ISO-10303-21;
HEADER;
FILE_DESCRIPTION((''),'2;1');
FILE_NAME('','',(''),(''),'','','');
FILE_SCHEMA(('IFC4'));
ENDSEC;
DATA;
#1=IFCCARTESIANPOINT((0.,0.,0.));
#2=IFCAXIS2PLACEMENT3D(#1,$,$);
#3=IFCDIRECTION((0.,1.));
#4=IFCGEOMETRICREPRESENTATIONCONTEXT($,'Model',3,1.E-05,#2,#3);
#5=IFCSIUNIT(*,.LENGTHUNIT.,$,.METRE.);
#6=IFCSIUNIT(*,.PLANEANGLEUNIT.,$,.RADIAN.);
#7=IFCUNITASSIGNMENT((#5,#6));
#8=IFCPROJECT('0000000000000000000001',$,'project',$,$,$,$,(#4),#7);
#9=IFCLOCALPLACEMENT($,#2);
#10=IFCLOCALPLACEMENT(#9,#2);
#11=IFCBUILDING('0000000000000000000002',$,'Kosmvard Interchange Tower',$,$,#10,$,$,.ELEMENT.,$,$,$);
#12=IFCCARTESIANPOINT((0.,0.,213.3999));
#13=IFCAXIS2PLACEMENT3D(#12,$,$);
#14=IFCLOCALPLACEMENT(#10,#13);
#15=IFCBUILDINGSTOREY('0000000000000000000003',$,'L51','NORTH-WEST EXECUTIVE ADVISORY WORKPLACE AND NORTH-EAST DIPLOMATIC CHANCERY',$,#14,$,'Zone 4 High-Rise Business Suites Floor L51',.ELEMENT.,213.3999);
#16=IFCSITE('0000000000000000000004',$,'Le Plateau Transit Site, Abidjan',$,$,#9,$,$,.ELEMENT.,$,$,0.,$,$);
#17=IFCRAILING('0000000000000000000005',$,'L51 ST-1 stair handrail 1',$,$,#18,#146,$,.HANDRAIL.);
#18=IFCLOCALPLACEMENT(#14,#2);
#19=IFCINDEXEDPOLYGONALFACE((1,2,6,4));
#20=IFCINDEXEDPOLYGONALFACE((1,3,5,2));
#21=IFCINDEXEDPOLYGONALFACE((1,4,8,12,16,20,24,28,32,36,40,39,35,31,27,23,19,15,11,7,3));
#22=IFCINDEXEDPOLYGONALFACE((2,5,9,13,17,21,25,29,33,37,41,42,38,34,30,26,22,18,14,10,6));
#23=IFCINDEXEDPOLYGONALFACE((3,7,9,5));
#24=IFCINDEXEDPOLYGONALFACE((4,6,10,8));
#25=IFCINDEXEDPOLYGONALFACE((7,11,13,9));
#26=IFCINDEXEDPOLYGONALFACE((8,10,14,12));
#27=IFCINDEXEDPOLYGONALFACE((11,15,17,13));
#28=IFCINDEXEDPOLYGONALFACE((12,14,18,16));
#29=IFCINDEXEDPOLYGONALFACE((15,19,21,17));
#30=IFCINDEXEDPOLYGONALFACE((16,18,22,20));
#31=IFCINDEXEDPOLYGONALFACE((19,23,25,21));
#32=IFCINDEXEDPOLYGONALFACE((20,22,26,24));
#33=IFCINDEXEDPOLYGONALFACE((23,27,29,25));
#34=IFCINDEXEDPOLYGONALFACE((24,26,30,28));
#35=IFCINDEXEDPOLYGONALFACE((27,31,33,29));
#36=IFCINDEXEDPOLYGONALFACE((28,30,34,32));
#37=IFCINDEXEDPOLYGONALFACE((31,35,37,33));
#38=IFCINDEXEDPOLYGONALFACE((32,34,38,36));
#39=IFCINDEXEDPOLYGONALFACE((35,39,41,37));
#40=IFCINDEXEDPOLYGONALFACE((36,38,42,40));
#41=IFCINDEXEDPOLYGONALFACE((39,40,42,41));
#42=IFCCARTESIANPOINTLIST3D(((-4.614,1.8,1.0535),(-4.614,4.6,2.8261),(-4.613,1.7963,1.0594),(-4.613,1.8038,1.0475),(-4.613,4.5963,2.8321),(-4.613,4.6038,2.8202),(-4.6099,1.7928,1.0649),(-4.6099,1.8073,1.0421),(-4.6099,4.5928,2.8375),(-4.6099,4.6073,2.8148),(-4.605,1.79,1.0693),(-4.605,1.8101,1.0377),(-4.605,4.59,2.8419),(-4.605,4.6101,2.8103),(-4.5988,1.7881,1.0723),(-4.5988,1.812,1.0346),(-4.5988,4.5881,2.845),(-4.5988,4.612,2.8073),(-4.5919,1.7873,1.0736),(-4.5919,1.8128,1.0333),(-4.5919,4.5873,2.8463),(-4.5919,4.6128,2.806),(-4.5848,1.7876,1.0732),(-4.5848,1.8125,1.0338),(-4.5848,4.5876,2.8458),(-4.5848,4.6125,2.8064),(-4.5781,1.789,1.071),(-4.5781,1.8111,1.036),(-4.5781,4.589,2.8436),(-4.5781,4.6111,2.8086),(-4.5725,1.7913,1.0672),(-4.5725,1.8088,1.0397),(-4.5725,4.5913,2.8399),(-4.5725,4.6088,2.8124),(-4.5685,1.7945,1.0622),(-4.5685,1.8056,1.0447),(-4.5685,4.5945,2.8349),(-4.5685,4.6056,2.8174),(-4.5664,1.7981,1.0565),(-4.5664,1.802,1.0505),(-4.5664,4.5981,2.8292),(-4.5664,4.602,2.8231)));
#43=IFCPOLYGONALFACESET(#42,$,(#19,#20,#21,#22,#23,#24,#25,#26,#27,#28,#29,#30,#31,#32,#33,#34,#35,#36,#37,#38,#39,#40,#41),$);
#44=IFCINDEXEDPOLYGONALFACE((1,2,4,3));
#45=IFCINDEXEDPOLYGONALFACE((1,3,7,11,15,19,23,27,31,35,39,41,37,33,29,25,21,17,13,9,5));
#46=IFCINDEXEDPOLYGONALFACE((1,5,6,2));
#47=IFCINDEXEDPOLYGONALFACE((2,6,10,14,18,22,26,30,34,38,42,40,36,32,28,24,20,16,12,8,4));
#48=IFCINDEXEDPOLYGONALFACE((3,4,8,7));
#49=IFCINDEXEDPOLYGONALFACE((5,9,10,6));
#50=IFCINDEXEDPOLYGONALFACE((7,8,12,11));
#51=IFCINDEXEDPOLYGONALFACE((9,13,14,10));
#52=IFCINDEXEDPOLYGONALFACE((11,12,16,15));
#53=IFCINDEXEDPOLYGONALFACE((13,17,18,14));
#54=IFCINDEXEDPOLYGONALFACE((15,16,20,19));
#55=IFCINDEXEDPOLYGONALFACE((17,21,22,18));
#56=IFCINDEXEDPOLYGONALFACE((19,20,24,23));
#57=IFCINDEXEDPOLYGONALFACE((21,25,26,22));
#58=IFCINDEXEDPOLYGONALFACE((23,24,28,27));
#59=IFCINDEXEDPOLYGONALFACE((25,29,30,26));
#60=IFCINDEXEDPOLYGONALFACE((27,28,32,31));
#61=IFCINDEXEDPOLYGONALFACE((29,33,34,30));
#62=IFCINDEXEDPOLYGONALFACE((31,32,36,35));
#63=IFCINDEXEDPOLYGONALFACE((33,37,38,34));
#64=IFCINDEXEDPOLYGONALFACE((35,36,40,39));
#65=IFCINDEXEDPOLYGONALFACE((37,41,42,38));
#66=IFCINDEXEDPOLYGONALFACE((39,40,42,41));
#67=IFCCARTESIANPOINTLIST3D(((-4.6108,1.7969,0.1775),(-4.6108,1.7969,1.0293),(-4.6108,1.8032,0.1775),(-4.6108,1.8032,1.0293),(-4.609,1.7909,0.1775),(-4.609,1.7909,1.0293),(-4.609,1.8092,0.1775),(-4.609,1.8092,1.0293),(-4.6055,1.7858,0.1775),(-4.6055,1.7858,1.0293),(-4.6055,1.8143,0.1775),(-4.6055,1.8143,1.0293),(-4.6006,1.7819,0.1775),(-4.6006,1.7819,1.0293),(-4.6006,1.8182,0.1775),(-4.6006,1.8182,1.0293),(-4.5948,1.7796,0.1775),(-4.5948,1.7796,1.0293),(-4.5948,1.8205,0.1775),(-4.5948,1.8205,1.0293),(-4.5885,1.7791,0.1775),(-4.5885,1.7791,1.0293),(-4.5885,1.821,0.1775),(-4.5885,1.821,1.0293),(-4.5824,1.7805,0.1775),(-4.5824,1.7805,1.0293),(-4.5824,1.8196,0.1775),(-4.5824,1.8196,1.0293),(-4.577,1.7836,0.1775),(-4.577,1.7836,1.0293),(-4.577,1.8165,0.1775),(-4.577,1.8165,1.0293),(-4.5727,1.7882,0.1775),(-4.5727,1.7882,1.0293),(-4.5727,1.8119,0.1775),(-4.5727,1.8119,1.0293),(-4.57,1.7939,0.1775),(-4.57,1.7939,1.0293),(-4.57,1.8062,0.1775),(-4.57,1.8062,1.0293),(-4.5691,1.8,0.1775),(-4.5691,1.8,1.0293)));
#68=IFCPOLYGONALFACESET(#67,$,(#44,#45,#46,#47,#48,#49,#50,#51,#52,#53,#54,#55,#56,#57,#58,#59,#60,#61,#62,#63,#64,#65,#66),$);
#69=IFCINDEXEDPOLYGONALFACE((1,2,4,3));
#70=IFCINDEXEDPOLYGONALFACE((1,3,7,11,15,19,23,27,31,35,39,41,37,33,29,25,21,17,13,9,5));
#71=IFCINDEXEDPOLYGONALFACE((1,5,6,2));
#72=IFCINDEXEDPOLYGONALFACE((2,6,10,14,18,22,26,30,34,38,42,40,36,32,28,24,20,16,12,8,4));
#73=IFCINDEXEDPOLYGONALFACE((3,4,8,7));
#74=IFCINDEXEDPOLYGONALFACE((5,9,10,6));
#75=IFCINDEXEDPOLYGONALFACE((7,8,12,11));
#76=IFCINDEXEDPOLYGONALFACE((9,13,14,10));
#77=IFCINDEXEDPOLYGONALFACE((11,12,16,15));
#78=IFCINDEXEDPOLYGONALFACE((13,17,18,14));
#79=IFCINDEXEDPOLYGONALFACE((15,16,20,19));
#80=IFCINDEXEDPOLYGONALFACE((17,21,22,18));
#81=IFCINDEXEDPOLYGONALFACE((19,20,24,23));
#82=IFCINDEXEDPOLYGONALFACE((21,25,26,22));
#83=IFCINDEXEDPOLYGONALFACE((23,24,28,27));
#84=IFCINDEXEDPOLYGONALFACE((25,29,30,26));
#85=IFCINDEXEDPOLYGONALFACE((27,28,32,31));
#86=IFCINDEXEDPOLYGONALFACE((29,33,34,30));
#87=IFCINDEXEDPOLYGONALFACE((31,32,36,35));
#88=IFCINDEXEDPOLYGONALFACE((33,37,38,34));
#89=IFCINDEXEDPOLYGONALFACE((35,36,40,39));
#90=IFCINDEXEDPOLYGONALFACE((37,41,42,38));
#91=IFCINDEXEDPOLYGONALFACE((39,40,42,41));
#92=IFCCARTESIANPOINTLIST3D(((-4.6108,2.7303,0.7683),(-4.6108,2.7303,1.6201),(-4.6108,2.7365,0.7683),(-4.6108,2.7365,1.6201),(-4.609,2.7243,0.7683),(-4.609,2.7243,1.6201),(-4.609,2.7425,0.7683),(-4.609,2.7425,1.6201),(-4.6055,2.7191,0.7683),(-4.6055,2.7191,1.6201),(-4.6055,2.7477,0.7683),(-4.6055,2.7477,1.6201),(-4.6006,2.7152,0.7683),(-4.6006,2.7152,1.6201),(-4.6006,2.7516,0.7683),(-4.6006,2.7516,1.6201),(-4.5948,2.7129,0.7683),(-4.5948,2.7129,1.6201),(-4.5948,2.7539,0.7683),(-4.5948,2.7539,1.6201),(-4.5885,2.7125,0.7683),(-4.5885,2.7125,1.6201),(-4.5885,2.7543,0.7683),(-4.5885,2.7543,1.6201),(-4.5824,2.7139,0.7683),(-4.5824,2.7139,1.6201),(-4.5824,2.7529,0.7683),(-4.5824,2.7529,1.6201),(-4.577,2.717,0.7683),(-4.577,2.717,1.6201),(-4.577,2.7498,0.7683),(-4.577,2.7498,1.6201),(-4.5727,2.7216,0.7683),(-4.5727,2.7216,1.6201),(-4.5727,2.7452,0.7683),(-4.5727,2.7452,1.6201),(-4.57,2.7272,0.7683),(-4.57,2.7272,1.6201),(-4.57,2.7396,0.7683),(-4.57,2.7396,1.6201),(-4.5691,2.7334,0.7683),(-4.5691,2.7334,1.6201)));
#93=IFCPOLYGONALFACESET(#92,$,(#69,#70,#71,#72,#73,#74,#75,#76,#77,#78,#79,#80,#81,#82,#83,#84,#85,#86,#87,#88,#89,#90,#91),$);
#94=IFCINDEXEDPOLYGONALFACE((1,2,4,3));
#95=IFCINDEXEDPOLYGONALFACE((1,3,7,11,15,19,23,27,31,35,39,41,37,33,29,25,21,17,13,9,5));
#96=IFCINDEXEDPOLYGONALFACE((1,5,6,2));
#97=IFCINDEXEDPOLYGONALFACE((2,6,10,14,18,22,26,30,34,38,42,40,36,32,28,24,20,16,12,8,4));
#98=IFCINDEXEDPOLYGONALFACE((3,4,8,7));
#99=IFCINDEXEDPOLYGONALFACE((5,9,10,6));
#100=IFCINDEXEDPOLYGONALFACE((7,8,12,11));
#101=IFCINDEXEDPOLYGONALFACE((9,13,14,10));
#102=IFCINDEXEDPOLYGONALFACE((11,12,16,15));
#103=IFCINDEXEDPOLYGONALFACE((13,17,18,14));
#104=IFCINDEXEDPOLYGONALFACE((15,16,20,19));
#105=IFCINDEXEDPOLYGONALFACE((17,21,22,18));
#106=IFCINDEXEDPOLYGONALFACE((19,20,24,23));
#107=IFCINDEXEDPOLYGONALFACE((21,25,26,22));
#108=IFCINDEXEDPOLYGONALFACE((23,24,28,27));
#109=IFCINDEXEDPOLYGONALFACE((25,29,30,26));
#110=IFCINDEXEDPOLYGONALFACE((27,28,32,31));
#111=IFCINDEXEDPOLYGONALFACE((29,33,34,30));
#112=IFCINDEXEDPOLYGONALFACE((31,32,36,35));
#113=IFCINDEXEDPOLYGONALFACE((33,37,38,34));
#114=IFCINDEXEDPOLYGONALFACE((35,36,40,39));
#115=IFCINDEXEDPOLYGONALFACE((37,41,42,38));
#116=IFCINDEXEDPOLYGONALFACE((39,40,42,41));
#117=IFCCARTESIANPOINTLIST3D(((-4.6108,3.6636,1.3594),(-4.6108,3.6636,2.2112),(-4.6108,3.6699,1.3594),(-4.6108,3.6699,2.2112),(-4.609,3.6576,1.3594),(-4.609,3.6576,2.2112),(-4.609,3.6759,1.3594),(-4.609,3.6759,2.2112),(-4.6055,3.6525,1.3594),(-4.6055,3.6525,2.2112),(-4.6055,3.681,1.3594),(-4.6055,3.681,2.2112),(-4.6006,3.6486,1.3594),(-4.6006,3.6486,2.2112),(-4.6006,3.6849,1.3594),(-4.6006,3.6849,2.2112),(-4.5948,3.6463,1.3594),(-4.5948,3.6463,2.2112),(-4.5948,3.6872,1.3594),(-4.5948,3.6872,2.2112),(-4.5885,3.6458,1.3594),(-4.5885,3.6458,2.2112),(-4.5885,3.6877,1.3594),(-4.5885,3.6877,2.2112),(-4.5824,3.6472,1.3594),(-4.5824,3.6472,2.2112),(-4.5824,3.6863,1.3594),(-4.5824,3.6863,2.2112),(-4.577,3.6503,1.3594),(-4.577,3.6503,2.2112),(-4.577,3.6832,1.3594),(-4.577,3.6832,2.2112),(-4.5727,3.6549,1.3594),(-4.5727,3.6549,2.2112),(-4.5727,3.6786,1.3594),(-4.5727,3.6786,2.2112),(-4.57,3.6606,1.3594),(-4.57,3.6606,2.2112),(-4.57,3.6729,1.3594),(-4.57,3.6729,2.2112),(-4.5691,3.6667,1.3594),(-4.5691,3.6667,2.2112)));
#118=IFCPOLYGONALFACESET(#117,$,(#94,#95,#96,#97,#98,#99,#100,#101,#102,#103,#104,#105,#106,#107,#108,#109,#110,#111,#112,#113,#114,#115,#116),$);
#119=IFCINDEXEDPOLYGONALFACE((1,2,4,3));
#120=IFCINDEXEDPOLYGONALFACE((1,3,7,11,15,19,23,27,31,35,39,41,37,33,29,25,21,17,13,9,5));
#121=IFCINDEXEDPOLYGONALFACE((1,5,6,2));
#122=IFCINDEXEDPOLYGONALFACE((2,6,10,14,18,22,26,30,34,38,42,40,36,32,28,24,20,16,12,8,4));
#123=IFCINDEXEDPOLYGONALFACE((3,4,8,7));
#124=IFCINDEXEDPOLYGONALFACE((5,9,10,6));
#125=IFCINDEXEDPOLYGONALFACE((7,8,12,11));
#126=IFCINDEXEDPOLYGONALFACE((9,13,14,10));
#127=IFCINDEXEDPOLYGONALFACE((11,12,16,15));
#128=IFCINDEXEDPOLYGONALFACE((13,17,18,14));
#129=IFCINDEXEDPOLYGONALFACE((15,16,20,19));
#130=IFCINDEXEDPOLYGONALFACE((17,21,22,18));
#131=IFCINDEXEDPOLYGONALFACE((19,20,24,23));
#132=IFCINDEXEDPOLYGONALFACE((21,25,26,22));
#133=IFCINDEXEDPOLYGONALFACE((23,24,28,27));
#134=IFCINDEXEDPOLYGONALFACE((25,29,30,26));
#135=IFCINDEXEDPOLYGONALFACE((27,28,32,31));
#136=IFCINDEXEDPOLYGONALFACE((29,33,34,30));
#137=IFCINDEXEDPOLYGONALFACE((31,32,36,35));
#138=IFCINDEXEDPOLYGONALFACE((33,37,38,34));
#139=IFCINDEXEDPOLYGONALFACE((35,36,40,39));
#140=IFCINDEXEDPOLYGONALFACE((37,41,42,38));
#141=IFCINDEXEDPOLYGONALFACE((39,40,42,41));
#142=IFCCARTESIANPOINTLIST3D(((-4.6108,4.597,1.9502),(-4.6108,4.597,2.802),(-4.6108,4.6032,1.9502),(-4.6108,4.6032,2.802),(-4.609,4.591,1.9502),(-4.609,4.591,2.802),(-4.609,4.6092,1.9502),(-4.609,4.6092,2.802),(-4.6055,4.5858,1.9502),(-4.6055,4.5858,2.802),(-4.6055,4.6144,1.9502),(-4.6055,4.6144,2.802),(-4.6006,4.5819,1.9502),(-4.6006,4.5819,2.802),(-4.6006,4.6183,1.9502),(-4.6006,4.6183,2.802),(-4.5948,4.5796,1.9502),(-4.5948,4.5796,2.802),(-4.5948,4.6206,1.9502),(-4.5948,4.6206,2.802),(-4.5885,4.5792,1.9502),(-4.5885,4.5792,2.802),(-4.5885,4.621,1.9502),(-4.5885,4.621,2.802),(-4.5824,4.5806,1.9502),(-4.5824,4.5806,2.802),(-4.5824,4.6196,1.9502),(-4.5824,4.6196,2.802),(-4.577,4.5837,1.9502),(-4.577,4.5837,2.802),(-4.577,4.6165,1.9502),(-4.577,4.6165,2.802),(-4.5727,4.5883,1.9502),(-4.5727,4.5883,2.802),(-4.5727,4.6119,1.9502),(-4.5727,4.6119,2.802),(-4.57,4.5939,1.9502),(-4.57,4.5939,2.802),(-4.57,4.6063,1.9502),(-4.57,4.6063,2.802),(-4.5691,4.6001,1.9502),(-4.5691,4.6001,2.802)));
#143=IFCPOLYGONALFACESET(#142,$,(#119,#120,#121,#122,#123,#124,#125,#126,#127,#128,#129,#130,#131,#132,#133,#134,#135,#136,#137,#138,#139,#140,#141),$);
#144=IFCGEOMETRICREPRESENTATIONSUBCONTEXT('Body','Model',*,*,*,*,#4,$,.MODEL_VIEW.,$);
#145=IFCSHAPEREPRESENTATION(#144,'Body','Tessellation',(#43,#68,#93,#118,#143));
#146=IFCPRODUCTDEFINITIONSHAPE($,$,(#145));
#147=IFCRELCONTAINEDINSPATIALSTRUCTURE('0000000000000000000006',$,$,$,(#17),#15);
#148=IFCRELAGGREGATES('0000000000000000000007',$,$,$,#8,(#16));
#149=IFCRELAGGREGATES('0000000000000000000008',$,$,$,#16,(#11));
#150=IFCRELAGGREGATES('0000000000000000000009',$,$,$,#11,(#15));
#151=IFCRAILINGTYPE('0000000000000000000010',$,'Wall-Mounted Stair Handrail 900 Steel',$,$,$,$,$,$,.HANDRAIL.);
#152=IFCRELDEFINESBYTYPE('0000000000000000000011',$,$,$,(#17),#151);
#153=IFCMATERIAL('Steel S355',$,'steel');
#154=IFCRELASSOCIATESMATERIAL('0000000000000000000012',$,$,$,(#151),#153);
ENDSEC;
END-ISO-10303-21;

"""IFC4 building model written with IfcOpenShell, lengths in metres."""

from ifc_helpers import new_model, si_unit, direction, frame, origin, origin_2d, place, context, subcontext, project, spatial, circle, extrude, source, transform, mapped, material, type_object, element, save


model = new_model("IFC4")

# Units and contexts
model_context = context("Model", 3, precision=1e-05, world=origin(), true_north=direction((0.0, 1.0)))
body_context = subcontext(model_context, "Body", "Model", "MODEL_VIEW")
ifc_project = project(units=[si_unit("LENGTHUNIT", "METRE"), si_unit("PLANEANGLEUNIT", "RADIAN")], contexts=[model_context])

# Site, building, storey
site_placement = place(None, origin())
site = spatial("IfcSite", under=ifc_project, at=site_placement, Name="Le Plateau Transit Site, Abidjan", CompositionType="ELEMENT", RefElevation=0.0)
building_placement = place(site_placement, origin())
building = spatial("IfcBuilding", under=site, at=building_placement, Name="Kosmvard Interchange Tower", CompositionType="ELEMENT")
storey_placement = place(building_placement, frame((0.0, 0.0, 213.3999)))
storey = spatial("IfcBuildingStorey", under=building, at=storey_placement, Name="L51", Description="NORTH-WEST EXECUTIVE ADVISORY WORKPLACE AND NORTH-EAST DIPLOMATIC CHANCERY", LongName="Zone 4 High-Rise Business Suites Floor L51", CompositionType="ELEMENT", Elevation=213.3999)

# Shared definitions
ifc_material_1 = material(Name="Steel S355", Category="steel")

# Railing
railing_type_1 = type_object("IfcRailingType", Name="Wall-Mounted Stair Handrail 900 Steel", PredefinedType="HANDRAIL", material=ifc_material_1)
shared_shape_1 = source(origin(), body_context, "Body", "SweptSolid", [
    extrude(circle(Radius=0.0239, at=origin_2d()), frame((0.0, 0.0, 0.876), z_axis=(0.0, 0.844909, 0.53491), x_axis=(-1.0, 0.0, 0.0)), (0.0, 0.0, 1.0), 3.314),
    extrude(circle(Radius=0.021, at=origin_2d()), origin(), (0.0, 0.0, 1.0), 0.8518),
    extrude(circle(Radius=0.021, at=origin_2d()), frame((0.0, 0.9333, 0.5908)), (0.0, 0.0, 1.0), 0.8518),
    extrude(circle(Radius=0.021, at=origin_2d()), frame((0.0, 1.8667, 1.1819)), (0.0, 0.0, 1.0), 0.8518),
    extrude(circle(Radius=0.021, at=origin_2d()), frame((0.0, 2.8, 1.7727)), (0.0, 0.0, 1.0), 0.8518),
])
railing_1_placement = place(storey_placement, frame((-4.5901, 1.8, 0.1775)))
element("IfcRailing", 1, at=railing_1_placement, inside=storey, type_object=railing_type_1, Name="L51 ST-1 stair handrail 1", PredefinedType="HANDRAIL", context=body_context, shape_type="MappedRepresentation", body=[
    mapped(shared_shape_1, transform((0.0, 0.0, 0.0), scale=1.0)),
])

save(model, "model.ifc")
